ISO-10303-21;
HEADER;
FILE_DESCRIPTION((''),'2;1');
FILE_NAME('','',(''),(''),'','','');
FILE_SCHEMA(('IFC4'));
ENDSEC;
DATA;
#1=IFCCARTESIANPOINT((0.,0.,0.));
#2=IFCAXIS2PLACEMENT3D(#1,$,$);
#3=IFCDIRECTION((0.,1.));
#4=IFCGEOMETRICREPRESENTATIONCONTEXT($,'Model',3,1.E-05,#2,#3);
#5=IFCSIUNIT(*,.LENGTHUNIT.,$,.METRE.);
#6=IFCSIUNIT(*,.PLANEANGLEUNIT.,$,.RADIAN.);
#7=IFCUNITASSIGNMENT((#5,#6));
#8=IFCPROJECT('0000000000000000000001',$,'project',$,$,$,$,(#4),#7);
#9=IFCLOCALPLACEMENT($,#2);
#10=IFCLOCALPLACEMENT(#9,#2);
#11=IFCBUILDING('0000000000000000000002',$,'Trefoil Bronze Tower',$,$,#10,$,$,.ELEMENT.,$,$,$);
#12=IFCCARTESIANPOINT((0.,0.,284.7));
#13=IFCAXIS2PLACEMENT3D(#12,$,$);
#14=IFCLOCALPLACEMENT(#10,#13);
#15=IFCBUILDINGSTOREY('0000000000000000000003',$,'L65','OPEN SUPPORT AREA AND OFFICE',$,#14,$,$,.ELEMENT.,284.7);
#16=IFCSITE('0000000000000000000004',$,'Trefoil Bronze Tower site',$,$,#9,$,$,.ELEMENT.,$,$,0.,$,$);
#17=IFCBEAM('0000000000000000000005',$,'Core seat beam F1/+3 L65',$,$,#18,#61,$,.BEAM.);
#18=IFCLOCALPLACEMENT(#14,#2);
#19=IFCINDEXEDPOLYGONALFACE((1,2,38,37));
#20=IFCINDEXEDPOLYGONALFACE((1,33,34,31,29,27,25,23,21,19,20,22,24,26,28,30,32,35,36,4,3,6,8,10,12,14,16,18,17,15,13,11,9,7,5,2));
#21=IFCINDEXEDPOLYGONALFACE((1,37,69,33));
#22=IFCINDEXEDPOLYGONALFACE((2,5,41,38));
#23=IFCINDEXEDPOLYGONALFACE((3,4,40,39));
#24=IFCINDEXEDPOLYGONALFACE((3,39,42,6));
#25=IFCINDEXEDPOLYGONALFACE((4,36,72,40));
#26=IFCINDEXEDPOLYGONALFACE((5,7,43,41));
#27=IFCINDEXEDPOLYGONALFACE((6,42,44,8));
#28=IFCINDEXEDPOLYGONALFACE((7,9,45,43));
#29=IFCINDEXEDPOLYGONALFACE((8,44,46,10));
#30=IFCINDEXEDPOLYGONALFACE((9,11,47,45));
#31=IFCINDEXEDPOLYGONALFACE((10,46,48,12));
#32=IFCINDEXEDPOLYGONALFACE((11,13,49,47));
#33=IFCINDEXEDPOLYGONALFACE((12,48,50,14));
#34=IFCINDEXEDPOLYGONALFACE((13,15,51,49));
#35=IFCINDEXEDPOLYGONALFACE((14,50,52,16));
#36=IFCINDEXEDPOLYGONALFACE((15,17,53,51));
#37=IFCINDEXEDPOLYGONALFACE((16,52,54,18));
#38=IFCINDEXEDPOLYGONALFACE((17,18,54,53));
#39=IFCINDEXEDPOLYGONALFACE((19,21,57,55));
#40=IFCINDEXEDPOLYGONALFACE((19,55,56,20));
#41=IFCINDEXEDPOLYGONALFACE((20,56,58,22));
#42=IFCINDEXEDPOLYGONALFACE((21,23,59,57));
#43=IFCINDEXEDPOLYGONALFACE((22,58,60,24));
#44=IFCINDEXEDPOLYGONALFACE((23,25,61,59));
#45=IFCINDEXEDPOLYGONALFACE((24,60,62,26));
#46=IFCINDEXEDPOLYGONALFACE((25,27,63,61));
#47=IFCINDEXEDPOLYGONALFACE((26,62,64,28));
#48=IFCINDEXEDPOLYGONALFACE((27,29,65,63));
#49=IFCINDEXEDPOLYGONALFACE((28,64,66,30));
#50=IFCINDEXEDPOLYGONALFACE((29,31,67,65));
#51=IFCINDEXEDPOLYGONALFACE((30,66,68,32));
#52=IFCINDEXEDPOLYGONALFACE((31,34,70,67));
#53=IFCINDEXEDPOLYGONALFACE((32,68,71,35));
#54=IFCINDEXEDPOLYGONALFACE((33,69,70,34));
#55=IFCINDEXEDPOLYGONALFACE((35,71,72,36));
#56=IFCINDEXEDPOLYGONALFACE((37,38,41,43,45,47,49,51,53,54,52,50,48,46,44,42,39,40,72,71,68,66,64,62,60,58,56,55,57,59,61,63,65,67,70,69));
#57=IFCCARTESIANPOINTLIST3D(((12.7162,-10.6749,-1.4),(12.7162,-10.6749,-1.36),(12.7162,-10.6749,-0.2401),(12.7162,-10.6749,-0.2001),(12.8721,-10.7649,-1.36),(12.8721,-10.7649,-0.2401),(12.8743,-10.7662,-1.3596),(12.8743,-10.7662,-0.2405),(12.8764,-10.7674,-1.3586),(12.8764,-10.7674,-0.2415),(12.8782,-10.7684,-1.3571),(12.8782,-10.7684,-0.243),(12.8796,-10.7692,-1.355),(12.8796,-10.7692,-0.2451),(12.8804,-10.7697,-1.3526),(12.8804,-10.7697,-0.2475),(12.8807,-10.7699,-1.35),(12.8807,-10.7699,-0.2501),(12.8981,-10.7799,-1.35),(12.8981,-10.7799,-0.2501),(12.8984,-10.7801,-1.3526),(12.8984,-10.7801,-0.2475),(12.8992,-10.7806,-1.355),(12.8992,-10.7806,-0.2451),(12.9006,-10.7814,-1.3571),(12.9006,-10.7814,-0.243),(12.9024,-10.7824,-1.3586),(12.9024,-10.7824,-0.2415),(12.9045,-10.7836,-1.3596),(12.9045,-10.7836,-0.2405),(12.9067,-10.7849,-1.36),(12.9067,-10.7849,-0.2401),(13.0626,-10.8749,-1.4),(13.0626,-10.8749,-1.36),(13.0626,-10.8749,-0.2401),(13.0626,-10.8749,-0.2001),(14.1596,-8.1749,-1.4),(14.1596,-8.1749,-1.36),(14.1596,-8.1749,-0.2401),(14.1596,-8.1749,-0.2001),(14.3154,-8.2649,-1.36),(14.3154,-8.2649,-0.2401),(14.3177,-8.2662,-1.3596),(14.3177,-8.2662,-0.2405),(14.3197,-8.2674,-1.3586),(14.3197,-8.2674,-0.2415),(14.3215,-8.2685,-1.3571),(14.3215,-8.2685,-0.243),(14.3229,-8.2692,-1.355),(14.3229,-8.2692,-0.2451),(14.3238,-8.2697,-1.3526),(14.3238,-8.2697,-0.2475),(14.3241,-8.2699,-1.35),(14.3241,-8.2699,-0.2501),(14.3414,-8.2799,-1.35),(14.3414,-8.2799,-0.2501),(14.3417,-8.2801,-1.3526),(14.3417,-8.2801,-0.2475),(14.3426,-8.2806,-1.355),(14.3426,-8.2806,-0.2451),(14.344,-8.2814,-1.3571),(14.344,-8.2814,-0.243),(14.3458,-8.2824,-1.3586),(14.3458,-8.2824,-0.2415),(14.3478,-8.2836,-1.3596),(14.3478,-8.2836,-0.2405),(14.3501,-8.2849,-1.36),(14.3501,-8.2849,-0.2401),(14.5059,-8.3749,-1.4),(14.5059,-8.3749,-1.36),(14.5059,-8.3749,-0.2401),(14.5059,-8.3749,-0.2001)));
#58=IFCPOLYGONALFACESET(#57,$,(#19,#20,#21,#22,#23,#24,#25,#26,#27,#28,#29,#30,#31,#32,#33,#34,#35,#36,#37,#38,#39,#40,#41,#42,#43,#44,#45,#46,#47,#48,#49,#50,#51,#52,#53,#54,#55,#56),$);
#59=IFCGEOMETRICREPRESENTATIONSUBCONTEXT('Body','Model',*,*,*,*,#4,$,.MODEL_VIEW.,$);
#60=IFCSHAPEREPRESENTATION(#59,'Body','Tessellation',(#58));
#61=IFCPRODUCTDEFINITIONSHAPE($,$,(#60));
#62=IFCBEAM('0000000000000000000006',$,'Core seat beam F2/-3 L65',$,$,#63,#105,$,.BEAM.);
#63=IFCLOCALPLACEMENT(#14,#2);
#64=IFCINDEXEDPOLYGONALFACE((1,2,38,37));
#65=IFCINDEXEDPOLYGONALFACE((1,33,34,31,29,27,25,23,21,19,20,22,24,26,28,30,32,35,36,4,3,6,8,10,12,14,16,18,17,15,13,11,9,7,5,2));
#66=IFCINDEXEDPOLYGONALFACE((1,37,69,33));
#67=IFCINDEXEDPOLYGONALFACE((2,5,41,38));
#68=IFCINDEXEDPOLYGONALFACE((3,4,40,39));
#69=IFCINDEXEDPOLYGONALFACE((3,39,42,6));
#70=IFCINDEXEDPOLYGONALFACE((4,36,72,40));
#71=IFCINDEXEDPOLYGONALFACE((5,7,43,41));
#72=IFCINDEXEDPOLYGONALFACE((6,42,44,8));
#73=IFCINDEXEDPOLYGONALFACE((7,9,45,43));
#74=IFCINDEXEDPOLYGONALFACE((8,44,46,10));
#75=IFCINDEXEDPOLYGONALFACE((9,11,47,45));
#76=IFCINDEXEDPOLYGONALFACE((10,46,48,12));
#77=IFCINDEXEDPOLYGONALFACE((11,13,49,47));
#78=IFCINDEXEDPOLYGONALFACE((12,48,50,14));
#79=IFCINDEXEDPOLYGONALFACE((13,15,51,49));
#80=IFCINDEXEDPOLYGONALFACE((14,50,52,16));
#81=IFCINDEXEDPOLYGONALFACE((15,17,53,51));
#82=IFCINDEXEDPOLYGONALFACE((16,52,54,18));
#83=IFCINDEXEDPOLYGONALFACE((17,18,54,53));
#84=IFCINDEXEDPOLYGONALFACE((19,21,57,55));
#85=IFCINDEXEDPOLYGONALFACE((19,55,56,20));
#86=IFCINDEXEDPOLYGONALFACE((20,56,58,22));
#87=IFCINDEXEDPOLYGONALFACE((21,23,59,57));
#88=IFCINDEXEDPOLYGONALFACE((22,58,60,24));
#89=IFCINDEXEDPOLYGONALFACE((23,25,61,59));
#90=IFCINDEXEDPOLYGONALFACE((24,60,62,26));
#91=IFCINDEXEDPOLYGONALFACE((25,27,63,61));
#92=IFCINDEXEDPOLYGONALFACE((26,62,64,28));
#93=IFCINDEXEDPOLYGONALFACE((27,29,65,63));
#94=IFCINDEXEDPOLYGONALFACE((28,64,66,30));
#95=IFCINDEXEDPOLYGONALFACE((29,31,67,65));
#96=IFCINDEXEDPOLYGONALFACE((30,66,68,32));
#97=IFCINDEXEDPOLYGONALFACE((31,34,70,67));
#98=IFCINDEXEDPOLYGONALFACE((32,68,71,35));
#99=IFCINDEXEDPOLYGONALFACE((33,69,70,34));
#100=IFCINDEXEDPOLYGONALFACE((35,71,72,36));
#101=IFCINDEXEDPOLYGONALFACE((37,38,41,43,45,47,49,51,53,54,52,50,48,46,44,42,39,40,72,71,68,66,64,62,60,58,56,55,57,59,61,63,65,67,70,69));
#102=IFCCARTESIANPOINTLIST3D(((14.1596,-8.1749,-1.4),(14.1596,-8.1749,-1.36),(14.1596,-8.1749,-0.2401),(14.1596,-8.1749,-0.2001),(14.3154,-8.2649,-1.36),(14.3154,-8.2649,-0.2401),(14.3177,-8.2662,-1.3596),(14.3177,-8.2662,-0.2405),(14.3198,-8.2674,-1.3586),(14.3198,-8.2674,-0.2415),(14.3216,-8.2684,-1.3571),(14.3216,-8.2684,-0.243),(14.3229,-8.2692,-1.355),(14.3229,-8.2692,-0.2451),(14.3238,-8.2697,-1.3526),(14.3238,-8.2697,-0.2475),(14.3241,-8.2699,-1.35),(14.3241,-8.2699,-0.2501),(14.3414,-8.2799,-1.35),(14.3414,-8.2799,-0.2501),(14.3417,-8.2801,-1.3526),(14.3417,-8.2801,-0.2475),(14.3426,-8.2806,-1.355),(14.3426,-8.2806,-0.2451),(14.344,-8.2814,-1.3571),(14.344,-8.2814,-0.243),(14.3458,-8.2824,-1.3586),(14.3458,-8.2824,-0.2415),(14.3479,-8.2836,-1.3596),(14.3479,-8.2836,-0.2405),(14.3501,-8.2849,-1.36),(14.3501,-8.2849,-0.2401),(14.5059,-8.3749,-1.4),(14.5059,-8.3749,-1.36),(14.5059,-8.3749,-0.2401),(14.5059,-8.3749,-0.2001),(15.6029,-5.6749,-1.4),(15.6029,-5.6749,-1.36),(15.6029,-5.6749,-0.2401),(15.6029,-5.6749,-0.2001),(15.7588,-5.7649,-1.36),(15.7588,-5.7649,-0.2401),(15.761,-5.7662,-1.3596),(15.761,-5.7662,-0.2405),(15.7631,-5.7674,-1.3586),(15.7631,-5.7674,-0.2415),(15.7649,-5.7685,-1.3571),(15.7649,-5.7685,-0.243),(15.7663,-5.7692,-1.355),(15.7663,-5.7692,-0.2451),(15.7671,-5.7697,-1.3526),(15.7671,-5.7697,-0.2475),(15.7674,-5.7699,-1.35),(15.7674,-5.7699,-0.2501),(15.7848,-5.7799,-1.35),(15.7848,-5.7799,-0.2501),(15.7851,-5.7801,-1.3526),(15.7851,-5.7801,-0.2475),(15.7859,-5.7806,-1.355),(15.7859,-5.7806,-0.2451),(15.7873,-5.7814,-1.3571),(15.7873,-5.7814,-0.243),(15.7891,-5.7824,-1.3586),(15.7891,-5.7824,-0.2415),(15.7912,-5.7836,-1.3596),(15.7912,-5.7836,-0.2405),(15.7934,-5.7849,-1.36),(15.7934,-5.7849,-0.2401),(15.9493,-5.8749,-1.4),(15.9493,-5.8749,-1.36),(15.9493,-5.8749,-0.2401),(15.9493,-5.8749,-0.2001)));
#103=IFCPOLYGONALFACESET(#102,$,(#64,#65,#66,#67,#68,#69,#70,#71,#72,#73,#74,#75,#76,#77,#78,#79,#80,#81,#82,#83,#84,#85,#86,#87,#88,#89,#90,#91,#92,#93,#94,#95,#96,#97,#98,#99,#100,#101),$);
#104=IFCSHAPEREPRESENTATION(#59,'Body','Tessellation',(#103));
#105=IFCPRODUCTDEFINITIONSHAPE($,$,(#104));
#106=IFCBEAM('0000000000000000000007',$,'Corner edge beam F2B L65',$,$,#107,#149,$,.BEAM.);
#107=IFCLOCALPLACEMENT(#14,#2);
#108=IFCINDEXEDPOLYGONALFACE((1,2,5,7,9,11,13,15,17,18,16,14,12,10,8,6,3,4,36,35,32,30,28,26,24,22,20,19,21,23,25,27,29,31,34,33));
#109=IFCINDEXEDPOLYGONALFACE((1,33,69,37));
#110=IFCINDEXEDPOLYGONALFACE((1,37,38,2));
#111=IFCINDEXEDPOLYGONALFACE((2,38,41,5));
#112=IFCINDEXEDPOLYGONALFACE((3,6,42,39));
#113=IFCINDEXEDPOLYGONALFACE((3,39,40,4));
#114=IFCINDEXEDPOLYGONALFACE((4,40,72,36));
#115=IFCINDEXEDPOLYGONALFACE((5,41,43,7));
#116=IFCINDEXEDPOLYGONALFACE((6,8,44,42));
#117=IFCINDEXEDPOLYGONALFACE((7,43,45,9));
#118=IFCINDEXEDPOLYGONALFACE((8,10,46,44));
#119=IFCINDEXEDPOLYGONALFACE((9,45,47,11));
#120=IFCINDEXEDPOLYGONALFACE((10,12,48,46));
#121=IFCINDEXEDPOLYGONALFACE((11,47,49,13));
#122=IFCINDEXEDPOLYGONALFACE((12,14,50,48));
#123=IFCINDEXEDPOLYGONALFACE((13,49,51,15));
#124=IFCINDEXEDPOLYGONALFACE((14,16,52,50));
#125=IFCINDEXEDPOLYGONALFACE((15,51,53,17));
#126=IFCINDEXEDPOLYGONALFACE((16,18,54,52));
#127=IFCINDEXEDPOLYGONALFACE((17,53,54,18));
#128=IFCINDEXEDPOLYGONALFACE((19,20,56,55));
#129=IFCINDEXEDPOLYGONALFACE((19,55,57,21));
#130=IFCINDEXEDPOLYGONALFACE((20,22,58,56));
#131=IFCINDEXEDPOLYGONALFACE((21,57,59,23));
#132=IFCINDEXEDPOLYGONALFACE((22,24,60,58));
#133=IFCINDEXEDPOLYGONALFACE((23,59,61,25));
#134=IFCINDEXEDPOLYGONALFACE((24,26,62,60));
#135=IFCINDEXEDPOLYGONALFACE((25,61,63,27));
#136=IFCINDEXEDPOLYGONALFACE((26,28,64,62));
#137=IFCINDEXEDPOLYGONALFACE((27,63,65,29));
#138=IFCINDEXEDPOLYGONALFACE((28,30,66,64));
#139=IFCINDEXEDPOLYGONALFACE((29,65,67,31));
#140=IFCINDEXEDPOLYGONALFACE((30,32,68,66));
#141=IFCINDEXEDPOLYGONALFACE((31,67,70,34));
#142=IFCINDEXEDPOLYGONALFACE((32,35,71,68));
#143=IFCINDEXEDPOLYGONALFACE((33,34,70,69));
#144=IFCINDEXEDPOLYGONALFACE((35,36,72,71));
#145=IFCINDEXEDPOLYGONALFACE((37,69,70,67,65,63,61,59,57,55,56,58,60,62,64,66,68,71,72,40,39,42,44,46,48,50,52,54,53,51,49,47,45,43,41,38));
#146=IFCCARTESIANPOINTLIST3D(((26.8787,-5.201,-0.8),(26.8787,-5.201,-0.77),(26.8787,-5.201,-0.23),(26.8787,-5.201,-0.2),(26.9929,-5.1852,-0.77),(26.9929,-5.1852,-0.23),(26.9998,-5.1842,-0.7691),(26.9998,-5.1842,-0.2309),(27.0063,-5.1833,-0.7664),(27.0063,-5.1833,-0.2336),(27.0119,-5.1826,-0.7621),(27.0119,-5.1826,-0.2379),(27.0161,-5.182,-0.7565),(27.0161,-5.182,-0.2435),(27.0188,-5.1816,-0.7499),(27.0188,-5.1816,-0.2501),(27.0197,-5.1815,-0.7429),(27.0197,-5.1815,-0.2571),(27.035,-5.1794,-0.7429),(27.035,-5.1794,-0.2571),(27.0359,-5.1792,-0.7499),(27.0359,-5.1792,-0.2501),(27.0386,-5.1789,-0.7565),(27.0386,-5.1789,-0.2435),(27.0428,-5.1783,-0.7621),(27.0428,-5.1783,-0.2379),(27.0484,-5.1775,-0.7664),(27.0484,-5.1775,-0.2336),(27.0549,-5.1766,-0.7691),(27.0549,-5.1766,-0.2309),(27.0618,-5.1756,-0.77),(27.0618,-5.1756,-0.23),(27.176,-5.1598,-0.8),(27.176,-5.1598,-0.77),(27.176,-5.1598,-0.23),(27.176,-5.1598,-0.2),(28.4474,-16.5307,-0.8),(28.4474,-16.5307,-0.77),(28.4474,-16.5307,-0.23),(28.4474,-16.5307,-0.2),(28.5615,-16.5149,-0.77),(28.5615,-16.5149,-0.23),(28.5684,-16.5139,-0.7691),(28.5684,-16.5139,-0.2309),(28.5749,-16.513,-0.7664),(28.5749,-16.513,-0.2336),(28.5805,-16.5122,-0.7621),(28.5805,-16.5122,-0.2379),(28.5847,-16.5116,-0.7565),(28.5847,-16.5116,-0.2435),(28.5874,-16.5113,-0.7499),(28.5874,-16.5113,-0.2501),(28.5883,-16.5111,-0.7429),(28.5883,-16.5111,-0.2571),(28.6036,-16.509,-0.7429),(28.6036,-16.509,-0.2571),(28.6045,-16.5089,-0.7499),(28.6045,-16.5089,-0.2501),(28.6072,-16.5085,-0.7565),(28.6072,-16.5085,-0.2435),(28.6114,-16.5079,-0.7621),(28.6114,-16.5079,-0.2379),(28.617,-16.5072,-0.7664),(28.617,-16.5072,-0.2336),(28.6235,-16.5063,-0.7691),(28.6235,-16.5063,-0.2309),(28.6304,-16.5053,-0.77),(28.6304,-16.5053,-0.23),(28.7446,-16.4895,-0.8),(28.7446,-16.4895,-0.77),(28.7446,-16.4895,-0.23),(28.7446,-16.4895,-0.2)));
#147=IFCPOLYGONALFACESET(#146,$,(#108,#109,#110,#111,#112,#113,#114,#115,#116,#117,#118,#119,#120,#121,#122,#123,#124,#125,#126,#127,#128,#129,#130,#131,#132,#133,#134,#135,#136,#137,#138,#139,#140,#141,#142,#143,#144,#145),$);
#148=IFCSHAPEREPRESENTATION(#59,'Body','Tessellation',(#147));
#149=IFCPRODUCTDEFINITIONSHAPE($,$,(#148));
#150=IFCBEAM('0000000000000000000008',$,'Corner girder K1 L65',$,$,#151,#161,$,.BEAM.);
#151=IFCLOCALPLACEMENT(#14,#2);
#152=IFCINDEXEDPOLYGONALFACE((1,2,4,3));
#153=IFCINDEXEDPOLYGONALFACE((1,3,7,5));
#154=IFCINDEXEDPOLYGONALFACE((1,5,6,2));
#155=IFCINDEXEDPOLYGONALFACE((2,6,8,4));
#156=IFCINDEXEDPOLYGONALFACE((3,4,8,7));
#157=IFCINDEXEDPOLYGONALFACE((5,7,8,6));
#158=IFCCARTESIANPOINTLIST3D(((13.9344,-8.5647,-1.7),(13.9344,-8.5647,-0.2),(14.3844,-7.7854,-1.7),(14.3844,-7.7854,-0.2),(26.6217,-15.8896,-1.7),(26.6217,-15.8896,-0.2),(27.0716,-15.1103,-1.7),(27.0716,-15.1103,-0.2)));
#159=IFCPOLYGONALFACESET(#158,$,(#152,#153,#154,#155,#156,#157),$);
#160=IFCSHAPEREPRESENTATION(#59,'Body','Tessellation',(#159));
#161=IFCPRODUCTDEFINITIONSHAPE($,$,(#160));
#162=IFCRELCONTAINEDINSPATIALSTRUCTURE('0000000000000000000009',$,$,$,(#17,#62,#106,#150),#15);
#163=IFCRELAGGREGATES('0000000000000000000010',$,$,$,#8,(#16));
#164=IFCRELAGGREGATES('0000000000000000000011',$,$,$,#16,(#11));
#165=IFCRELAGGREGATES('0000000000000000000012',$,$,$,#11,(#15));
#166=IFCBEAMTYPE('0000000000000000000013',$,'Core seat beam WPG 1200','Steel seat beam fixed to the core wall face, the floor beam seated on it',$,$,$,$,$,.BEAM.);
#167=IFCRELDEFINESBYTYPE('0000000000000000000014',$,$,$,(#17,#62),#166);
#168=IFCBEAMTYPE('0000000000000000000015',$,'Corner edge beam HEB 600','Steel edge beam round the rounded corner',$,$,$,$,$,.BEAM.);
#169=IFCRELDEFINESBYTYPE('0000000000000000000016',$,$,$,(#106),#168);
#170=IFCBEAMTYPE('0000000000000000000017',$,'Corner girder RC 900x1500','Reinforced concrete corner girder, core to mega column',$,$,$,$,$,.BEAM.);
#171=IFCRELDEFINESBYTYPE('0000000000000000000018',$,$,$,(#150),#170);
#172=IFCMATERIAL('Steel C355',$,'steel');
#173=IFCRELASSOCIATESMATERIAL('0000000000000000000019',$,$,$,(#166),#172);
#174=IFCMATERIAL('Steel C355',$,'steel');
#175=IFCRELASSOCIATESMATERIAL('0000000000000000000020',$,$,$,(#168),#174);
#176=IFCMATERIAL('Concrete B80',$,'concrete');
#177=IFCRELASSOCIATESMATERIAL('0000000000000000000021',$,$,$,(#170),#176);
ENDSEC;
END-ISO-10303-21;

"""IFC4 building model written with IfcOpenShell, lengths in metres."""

from ifc_helpers import new_model, si_unit, direction, frame, origin, origin_2d, place, context, subcontext, project, spatial, rectangle, i_section, extrude, material, material_profile, profile_set, type_object, element, save


model = new_model("IFC4")

# Units and contexts
model_context = context("Model", 3, precision=1e-05, world=origin(), true_north=direction((0.0, 1.0)))
body_context = subcontext(model_context, "Body", "Model", "MODEL_VIEW")
ifc_project = project(units=[si_unit("LENGTHUNIT", "METRE"), si_unit("PLANEANGLEUNIT", "RADIAN")], contexts=[model_context])

# Site, building, storey
site_placement = place(None, origin())
site = spatial("IfcSite", under=ifc_project, at=site_placement, Name="Trefoil Bronze Tower site", CompositionType="ELEMENT", RefElevation=0.0)
building_placement = place(site_placement, origin())
building = spatial("IfcBuilding", under=site, at=building_placement, Name="Trefoil Bronze Tower", CompositionType="ELEMENT")
storey_placement = place(building_placement, frame((0.0, 0.0, 284.7)))
storey = spatial("IfcBuildingStorey", under=building, at=storey_placement, Name="L65", Description="OPEN SUPPORT AREA AND OFFICE", CompositionType="ELEMENT", Elevation=284.7)

# Beams
ifc_material_1 = material(Name="Steel C355", Category="steel")
ifc_material_profile_1 = material_profile(ifc_material_1, i_section(OverallWidth=0.3999, OverallDepth=1.2, WebThickness=0.02, FlangeThickness=0.04, FilletRadius=0.01, at=origin_2d()), Name="WPG 1200")
ifc_profile_set_1 = profile_set([ifc_material_profile_1], Name="Steel C355")
beam_type_1 = type_object("IfcBeamType", Name="Core seat beam WPG 1200", Description="Steel seat beam fixed to the core wall face, the floor beam seated on it", PredefinedType="BEAM", material=ifc_profile_set_1)
for number, where, z_axis, x_axis, name in (
    (1, (12.8894, -10.7749, -0.8), (0.499996, 0.866028, 0.0), (-0.866028, 0.499996, 0.0), "Core seat beam F1/+3 L65"),
    (2, (14.3328, -8.2749, -0.8), (0.499996, 0.866028, 0.0), (-0.866028, 0.499996, 0.0), "Core seat beam F2/-3 L65"),
):
    element("IfcBeam", number, at=place(storey_placement, frame(where, z_axis=z_axis, x_axis=x_axis)), inside=storey, type_object=beam_type_1, Name=name, PredefinedType="BEAM", context=body_context, shape_type="SweptSolid", body=[
        extrude(i_section(OverallWidth=0.3999, OverallDepth=1.2, WebThickness=0.02, FlangeThickness=0.04, FilletRadius=0.01, at=origin_2d()), origin(), (0.0, 0.0, 1.0), 2.8867),
    ])
ifc_material_2 = material(Name="Steel C355", Category="steel")
ifc_material_profile_2 = material_profile(ifc_material_2, i_section(OverallWidth=0.3, OverallDepth=0.6001, WebThickness=0.0154, FlangeThickness=0.03, FilletRadius=0.0271, at=origin_2d()), Name="HEB 600")
ifc_profile_set_2 = profile_set([ifc_material_profile_2], Name="Steel C355")
beam_type_2 = type_object("IfcBeamType", Name="Corner edge beam HEB 600", Description="Steel edge beam round the rounded corner", PredefinedType="BEAM", material=ifc_profile_set_2)
beam_1_placement = place(storey_placement, frame((27.0273, -5.1804, -0.5), z_axis=(0.137144, -0.990551, 0.0), x_axis=(0.990551, 0.137144, 0.0)))
element("IfcBeam", 3, at=beam_1_placement, inside=storey, type_object=beam_type_2, Name="Corner edge beam F2B L65", PredefinedType="BEAM", context=body_context, shape_type="SweptSolid", body=[
    extrude(i_section(OverallWidth=0.3, OverallDepth=0.6001, WebThickness=0.0154, FlangeThickness=0.03, FilletRadius=0.0271, at=origin_2d()), origin(), (0.0, 0.0, 1.0), 11.4377),
])
ifc_material_3 = material(Name="Concrete B80", Category="concrete")
ifc_material_profile_3 = material_profile(ifc_material_3, rectangle(XDim=0.8999, YDim=1.5, at=origin_2d()), Name="RC 900x1500")
ifc_profile_set_3 = profile_set([ifc_material_profile_3], Name="Concrete B80")
beam_type_3 = type_object("IfcBeamType", Name="Corner girder RC 900x1500", Description="Reinforced concrete corner girder, core to mega column", PredefinedType="BEAM", material=ifc_profile_set_3)
beam_2_placement = place(storey_placement, frame((14.1594, -8.175, -0.95), z_axis=(0.866027, -0.499998, 0.0), x_axis=(0.499998, 0.866027, 0.0)))
element("IfcBeam", 4, at=beam_2_placement, inside=storey, type_object=beam_type_3, Name="Corner girder K1 L65", PredefinedType="BEAM", context=body_context, shape_type="SweptSolid", body=[
    extrude(rectangle(XDim=0.8999, YDim=1.5, at=origin_2d()), origin(), (0.0, 0.0, 1.0), 14.6499),
])

save(model, "model.ifc")
